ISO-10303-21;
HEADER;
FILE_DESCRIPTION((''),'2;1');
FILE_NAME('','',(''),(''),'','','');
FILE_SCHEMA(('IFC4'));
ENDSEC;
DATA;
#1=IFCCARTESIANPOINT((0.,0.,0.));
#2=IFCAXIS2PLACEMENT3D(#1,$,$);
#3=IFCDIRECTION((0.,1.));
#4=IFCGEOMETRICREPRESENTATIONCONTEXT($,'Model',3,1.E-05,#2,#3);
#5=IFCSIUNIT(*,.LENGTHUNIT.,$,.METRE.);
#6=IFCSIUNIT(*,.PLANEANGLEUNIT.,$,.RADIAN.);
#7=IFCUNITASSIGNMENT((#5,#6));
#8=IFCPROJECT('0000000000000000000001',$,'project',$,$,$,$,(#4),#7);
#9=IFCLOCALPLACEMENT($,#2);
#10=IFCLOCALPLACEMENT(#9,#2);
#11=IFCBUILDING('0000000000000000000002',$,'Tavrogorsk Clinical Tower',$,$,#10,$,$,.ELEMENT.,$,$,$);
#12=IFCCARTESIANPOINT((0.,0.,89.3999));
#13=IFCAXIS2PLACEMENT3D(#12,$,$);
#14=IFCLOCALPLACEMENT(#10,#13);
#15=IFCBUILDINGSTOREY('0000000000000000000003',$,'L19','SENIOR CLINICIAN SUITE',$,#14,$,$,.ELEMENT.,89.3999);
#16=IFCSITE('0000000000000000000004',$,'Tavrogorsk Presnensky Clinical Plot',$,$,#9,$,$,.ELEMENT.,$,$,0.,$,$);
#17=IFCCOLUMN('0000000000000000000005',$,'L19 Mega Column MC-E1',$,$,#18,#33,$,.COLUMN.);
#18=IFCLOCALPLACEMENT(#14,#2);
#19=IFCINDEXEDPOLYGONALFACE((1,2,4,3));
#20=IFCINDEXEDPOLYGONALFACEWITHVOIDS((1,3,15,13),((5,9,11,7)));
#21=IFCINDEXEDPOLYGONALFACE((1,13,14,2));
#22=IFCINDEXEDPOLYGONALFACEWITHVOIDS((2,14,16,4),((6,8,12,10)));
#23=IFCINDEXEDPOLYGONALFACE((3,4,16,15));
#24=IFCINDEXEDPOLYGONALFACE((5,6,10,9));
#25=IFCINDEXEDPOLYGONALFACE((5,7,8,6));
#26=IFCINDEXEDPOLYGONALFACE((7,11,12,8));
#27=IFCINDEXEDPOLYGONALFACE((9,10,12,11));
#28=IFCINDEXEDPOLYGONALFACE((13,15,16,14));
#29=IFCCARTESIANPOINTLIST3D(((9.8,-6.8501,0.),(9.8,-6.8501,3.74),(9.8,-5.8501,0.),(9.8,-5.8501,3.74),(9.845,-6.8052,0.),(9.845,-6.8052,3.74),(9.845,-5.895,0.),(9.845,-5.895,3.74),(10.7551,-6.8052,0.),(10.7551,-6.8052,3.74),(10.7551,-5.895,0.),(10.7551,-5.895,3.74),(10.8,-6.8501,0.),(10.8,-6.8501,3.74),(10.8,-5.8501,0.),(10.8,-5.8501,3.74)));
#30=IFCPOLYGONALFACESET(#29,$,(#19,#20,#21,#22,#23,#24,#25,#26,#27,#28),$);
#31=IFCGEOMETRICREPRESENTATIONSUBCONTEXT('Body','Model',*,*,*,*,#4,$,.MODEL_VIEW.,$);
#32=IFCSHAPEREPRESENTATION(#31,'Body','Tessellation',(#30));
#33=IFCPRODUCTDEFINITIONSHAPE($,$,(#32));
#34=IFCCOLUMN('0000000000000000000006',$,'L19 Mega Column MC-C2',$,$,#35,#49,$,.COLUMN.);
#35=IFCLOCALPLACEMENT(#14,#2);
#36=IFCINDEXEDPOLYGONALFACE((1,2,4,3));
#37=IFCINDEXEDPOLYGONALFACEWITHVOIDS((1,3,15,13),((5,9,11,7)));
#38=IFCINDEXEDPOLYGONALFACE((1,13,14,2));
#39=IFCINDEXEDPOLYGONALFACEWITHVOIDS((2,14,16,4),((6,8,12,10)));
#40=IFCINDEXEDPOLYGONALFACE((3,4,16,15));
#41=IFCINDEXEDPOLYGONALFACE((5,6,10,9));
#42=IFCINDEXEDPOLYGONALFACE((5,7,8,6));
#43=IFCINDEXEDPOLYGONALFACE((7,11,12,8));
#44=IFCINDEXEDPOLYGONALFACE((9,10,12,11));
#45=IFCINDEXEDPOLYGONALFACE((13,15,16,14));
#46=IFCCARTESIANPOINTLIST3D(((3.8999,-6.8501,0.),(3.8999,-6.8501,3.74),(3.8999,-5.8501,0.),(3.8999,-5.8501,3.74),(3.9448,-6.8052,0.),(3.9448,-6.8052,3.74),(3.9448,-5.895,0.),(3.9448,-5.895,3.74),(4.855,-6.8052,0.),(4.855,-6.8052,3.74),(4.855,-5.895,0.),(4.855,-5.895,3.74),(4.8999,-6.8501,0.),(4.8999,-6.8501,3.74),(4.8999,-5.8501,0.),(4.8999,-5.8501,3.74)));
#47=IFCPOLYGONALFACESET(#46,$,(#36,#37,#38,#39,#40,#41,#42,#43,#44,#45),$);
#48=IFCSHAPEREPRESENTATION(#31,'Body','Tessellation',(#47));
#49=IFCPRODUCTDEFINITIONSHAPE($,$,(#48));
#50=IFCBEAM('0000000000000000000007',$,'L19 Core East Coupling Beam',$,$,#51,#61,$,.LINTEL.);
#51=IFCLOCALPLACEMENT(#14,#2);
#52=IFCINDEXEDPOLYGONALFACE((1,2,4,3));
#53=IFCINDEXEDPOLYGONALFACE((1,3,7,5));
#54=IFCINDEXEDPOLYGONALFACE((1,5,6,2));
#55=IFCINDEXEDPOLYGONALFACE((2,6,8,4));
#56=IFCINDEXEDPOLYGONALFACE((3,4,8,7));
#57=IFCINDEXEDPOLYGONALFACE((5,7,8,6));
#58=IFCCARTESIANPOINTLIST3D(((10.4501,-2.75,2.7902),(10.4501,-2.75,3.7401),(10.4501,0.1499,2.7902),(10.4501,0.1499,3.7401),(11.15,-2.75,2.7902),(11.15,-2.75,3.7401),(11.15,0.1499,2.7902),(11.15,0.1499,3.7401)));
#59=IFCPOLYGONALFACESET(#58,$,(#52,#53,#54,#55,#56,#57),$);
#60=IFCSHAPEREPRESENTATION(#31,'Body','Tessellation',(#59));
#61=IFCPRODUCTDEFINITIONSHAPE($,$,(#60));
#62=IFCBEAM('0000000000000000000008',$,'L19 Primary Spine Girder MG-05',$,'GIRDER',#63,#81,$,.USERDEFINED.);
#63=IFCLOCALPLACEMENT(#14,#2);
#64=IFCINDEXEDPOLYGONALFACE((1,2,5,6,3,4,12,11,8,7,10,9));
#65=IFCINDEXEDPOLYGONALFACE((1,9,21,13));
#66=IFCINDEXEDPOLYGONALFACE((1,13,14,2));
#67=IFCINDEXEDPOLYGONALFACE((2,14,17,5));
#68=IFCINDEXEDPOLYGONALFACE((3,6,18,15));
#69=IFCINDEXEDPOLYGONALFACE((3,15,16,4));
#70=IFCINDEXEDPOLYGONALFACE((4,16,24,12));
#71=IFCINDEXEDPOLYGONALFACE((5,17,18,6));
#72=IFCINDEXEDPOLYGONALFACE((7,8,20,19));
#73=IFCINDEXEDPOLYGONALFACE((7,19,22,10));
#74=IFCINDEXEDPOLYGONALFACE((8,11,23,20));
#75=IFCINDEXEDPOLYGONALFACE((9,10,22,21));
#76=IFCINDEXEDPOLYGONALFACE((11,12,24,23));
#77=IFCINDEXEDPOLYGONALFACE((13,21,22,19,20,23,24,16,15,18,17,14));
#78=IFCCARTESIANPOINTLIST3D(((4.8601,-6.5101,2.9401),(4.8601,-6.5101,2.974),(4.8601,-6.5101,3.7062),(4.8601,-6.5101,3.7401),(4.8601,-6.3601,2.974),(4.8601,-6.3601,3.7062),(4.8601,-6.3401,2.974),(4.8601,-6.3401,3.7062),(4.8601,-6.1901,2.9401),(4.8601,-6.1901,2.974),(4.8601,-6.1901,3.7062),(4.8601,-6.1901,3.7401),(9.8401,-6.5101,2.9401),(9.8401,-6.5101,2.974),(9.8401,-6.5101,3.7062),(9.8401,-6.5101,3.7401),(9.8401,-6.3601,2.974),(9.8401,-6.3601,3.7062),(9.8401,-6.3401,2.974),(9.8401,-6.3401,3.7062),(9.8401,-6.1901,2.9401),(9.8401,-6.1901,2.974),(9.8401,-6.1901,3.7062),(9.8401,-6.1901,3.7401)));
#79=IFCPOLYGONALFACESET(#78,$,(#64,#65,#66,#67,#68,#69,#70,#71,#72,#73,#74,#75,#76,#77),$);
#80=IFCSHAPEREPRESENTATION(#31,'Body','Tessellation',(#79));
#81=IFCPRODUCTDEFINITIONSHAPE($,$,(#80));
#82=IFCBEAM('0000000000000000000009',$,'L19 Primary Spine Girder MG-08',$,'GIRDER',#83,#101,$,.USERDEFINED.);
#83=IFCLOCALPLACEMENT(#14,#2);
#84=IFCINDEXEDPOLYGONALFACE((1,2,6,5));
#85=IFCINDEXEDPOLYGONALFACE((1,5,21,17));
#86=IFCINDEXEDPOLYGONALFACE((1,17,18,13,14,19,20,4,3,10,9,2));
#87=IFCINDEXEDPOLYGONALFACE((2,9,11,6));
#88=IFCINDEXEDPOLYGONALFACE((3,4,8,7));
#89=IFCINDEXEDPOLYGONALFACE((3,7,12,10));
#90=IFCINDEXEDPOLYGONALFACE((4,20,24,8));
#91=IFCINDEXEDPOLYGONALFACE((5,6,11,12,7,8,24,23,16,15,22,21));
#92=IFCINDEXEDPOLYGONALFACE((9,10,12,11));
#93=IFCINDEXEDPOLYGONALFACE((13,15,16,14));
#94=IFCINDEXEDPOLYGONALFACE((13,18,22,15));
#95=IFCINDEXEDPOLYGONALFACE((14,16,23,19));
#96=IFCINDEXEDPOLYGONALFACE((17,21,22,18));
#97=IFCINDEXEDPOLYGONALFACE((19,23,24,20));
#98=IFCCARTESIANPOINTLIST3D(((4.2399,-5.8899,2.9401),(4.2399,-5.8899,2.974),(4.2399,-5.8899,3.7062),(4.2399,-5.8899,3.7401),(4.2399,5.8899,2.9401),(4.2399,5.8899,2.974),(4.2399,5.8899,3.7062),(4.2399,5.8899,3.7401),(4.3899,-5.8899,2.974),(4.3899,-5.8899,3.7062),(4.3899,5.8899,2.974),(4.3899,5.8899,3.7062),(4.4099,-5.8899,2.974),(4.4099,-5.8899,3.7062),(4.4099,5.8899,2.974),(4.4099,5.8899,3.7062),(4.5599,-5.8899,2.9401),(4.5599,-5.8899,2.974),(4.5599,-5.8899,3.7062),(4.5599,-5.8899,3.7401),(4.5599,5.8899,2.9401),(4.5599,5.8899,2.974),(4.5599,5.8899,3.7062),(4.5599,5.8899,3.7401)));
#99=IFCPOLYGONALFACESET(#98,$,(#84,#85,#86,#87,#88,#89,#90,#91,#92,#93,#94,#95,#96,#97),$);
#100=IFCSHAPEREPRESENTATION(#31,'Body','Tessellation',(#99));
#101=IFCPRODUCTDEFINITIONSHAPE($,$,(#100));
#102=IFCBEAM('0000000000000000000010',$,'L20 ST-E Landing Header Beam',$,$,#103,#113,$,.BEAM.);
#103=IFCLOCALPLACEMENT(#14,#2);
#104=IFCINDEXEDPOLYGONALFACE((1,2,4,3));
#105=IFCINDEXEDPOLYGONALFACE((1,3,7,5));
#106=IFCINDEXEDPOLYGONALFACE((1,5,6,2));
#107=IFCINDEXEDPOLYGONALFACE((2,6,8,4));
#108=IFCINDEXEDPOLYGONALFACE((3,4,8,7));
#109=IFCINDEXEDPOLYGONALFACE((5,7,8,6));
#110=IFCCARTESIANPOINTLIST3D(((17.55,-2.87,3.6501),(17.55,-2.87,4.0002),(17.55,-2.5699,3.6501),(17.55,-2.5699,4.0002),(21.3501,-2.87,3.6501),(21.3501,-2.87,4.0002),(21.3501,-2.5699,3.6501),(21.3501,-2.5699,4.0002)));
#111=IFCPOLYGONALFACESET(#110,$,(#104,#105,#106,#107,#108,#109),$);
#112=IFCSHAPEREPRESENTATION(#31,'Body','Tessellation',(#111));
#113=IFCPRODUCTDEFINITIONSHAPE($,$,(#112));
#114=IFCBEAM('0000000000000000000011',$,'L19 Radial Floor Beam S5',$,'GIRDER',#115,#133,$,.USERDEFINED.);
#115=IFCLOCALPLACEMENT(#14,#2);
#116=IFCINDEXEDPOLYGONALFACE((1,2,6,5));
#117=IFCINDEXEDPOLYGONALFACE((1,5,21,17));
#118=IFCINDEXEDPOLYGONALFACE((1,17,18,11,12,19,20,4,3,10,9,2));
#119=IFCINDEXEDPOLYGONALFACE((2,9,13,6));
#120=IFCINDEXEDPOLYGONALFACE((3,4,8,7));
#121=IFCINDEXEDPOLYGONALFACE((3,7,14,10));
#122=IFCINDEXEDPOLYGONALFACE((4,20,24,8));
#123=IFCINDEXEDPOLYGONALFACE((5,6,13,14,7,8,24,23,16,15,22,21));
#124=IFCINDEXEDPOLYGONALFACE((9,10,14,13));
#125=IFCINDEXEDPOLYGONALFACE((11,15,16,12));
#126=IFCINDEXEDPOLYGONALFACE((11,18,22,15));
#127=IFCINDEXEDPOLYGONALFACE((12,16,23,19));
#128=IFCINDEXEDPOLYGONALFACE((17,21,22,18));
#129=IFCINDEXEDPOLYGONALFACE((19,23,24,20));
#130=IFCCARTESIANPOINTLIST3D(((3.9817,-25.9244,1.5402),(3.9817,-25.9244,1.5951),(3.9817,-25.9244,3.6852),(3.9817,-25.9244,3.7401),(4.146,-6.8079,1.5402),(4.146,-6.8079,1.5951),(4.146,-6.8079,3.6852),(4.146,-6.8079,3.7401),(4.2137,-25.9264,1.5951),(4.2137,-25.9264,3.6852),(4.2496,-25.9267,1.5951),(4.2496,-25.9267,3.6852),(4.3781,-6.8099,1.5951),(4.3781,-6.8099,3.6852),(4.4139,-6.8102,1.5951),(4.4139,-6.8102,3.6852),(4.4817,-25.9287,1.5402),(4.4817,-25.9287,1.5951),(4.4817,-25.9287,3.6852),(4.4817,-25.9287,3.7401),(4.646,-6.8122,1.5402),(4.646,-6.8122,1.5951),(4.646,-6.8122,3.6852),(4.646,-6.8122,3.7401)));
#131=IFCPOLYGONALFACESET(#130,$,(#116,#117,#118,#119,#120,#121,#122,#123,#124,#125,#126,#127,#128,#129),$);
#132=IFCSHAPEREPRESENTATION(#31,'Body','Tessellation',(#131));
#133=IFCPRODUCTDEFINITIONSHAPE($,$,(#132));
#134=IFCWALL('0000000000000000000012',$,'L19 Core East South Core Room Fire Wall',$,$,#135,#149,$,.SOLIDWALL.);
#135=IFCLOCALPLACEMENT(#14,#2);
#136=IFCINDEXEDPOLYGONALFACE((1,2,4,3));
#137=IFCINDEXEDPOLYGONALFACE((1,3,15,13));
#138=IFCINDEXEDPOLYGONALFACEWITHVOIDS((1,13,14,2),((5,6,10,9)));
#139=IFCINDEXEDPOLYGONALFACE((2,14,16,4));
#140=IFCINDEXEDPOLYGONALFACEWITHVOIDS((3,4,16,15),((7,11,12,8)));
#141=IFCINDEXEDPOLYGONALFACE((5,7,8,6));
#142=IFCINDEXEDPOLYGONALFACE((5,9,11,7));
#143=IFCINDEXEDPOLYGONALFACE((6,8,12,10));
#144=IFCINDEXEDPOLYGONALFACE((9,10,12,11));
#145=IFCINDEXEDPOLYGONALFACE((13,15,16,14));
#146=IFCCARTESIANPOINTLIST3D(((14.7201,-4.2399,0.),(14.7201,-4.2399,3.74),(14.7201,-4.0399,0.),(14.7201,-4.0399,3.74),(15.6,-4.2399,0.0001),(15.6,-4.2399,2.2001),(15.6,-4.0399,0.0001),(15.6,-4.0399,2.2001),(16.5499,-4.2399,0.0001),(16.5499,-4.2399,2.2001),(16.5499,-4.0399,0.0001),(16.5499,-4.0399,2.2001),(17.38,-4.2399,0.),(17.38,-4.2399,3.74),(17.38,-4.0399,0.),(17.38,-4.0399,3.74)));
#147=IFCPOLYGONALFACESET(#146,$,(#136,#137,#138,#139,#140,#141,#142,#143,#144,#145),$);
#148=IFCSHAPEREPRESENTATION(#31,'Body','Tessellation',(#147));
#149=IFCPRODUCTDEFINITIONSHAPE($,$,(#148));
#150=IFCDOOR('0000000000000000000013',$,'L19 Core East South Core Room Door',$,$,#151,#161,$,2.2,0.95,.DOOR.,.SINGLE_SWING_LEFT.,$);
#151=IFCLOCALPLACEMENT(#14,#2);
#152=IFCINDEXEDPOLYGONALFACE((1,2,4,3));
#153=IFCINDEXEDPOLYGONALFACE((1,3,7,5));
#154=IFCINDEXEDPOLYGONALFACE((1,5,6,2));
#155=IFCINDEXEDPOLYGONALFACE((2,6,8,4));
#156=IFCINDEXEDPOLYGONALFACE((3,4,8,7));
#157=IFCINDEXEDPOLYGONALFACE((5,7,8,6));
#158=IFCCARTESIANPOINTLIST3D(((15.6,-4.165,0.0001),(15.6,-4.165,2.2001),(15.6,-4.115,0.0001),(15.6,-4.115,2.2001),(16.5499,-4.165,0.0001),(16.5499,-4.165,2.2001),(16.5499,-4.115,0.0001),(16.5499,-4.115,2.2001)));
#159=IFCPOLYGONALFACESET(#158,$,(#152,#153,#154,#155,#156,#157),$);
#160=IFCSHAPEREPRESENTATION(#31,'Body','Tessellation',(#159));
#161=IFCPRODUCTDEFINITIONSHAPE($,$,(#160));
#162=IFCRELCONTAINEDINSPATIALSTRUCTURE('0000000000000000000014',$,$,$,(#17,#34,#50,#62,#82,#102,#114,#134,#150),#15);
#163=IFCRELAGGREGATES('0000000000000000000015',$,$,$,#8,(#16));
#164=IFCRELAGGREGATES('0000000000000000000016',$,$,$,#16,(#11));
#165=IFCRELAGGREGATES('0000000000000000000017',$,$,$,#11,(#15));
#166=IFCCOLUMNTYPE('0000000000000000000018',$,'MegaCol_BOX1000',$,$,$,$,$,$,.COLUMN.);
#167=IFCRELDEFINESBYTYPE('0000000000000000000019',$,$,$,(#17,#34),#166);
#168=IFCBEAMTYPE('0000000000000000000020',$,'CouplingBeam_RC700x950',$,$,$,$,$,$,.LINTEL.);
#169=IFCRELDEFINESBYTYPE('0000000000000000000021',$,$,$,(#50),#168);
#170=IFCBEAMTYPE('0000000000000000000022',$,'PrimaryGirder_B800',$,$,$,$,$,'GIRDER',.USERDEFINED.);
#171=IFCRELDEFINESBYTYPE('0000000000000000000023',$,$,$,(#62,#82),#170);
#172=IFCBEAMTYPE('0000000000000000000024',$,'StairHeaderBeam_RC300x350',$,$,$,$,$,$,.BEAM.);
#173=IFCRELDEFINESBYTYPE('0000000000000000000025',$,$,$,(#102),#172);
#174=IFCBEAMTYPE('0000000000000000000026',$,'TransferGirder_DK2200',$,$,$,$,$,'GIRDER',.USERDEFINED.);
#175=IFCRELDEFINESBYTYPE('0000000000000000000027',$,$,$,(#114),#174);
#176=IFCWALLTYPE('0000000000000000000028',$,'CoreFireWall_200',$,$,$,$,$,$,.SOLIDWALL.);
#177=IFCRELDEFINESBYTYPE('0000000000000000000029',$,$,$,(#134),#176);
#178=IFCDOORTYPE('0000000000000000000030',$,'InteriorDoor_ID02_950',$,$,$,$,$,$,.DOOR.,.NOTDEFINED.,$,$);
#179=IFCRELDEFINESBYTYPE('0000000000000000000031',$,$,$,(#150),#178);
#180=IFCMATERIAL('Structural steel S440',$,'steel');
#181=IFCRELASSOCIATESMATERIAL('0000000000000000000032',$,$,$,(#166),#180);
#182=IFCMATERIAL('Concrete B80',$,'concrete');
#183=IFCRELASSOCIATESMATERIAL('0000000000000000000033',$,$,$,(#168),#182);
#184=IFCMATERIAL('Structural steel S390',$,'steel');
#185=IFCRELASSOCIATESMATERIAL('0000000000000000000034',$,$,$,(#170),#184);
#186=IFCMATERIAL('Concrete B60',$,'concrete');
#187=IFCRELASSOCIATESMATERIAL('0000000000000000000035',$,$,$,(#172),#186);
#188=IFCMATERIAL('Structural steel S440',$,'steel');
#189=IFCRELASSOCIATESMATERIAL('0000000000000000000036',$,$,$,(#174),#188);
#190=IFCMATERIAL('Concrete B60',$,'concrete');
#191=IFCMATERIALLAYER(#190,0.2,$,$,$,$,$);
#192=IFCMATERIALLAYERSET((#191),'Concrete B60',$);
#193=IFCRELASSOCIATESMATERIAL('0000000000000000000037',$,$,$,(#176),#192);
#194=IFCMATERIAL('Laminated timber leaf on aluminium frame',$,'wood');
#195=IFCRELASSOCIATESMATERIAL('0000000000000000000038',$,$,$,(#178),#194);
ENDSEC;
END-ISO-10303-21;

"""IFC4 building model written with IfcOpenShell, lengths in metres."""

from ifc_helpers import new_model, si_unit, direction, frame, frame_2d, origin, origin_2d, place, context, subcontext, project, spatial, rectangle, hollow_rectangle, i_section, extrude, material, layer, layer_set, material_profile, profile_set, type_object, element, fill, save


model = new_model("IFC4")

# Units and contexts
model_context = context("Model", 3, precision=1e-05, world=origin(), true_north=direction((0.0, 1.0)))
body_context = subcontext(model_context, "Body", "Model", "MODEL_VIEW")
ifc_project = project(units=[si_unit("LENGTHUNIT", "METRE"), si_unit("PLANEANGLEUNIT", "RADIAN")], contexts=[model_context])

# Site, building, storey
site_placement = place(None, origin())
site = spatial("IfcSite", under=ifc_project, at=site_placement, Name="Tavrogorsk Presnensky Clinical Plot", CompositionType="ELEMENT", RefElevation=0.0)
building_placement = place(site_placement, origin())
building = spatial("IfcBuilding", under=site, at=building_placement, Name="Tavrogorsk Clinical Tower", CompositionType="ELEMENT")
storey_placement = place(building_placement, frame((0.0, 0.0, 89.3999)))
storey = spatial("IfcBuildingStorey", under=building, at=storey_placement, Name="L19", Description="SENIOR CLINICIAN SUITE", CompositionType="ELEMENT", Elevation=89.3999)

# Columns
ifc_material_1 = material(Name="Structural steel S440", Category="steel")
ifc_material_profile_1 = material_profile(ifc_material_1, hollow_rectangle(XDim=1.0, YDim=1.0, WallThickness=0.0449, at=origin_2d()), Name="BOX-1000x1000x45")
ifc_profile_set_1 = profile_set([ifc_material_profile_1], Name="Structural steel S440")
column_type = type_object("IfcColumnType", Name="MegaCol_BOX1000", PredefinedType="COLUMN", material=ifc_profile_set_1)
for number, where, z_axis, x_axis, name in (
    (1, (10.3, -6.3501, 0.0), (0.0, 0.0, 1.0), (1.0, 0.0, 0.0), "L19 Mega Column MC-E1"),
    (2, (4.3999, -6.3501, 0.0), (0.0, 0.0, 1.0), (1.0, 0.0, 0.0), "L19 Mega Column MC-C2"),
):
    element("IfcColumn", number, at=place(storey_placement, frame(where, z_axis=z_axis, x_axis=x_axis)), inside=storey, type_object=column_type, Name=name, PredefinedType="COLUMN", context=body_context, shape_type="SweptSolid", body=[
        extrude(hollow_rectangle(XDim=1.0, YDim=1.0, WallThickness=0.0449, at=origin_2d()), origin(), (0.0, 0.0, 1.0), 3.74),
    ])

# Beams
ifc_material_2 = material(Name="Concrete B80", Category="concrete")
ifc_material_profile_2 = material_profile(ifc_material_2, rectangle(XDim=0.7, YDim=0.95, at=origin_2d()), Name="RC-CB-700x950")
ifc_profile_set_2 = profile_set([ifc_material_profile_2], Name="Concrete B80")
beam_type_1 = type_object("IfcBeamType", Name="CouplingBeam_RC700x950", PredefinedType="LINTEL", material=ifc_profile_set_2)
beam_1_placement = place(storey_placement, frame((10.8, -2.75, 3.2651), z_axis=(0.0, 1.0, 0.0), x_axis=(-1.0, 0.0, 0.0)))
element("IfcBeam", 3, at=beam_1_placement, inside=storey, type_object=beam_type_1, Name="L19 Core East Coupling Beam", PredefinedType="LINTEL", context=body_context, shape_type="SweptSolid", body=[
    extrude(rectangle(XDim=0.7, YDim=0.95, at=origin_2d()), origin(), (0.0, 0.0, 1.0), 2.8999),
])
ifc_material_3 = material(Name="Structural steel S390", Category="steel")
ifc_material_profile_3 = material_profile(ifc_material_3, i_section(OverallWidth=0.3201, OverallDepth=0.8, WebThickness=0.02, FlangeThickness=0.0339, at=origin_2d()), Name="B-800x320x20x34")
ifc_profile_set_3 = profile_set([ifc_material_profile_3], Name="Structural steel S390")
beam_type_2 = type_object("IfcBeamType", Name="PrimaryGirder_B800", ElementType="GIRDER", PredefinedType="USERDEFINED", material=ifc_profile_set_3)
beam_2_placement = place(storey_placement, frame((4.8601, -6.3501, 3.3401), z_axis=(1.0, 0.0, 0.0), x_axis=(0.0, 1.0, 0.0)))
element("IfcBeam", 4, at=beam_2_placement, inside=storey, type_object=beam_type_2, Name="L19 Primary Spine Girder MG-05", ObjectType="GIRDER", PredefinedType="USERDEFINED", context=body_context, shape_type="SweptSolid", body=[
    extrude(i_section(OverallWidth=0.3201, OverallDepth=0.8, WebThickness=0.02, FlangeThickness=0.0339, at=origin_2d()), origin(), (0.0, 0.0, 1.0), 4.98),
])
beam_3_placement = place(storey_placement, frame((4.3999, -5.8899, 3.3401), z_axis=(0.0, 1.0, 0.0), x_axis=(-1.0, 0.0, 0.0)))
element("IfcBeam", 5, at=beam_3_placement, inside=storey, type_object=beam_type_2, Name="L19 Primary Spine Girder MG-08", ObjectType="GIRDER", PredefinedType="USERDEFINED", context=body_context, shape_type="SweptSolid", body=[
    extrude(i_section(OverallWidth=0.3201, OverallDepth=0.8, WebThickness=0.02, FlangeThickness=0.0339, at=origin_2d()), origin(), (0.0, 0.0, 1.0), 11.7798),
])
ifc_material_4 = material(Name="Concrete B60", Category="concrete")
ifc_material_profile_4 = material_profile(ifc_material_4, rectangle(XDim=0.3, YDim=0.3501, at=origin_2d()), Name="RC-SHB-300x350")
ifc_profile_set_4 = profile_set([ifc_material_profile_4], Name="Concrete B60")
beam_type_3 = type_object("IfcBeamType", Name="StairHeaderBeam_RC300x350", PredefinedType="BEAM", material=ifc_profile_set_4)
beam_4_placement = place(storey_placement, frame((17.55, -2.72, 3.8252), z_axis=(1.0, 0.0, 0.0), x_axis=(0.0, 1.0, 0.0)))
element("IfcBeam", 6, at=beam_4_placement, inside=storey, type_object=beam_type_3, Name="L20 ST-E Landing Header Beam", PredefinedType="BEAM", context=body_context, shape_type="SweptSolid", body=[
    extrude(rectangle(XDim=0.3, YDim=0.3501, at=origin_2d()), origin(), (0.0, 0.0, 1.0), 3.8),
])
ifc_material_5 = material(Name="Structural steel S440", Category="steel")
ifc_material_profile_5 = material_profile(ifc_material_5, i_section(OverallWidth=0.5, OverallDepth=2.2, WebThickness=0.0359, FlangeThickness=0.0549, at=origin_2d()), Name="DK-2200x500x36x55")
ifc_profile_set_5 = profile_set([ifc_material_profile_5], Name="Structural steel S440")
beam_type_4 = type_object("IfcBeamType", Name="TransferGirder_DK2200", ElementType="GIRDER", PredefinedType="USERDEFINED", material=ifc_profile_set_5)
beam_5_placement = place(storey_placement, frame((4.396, -6.8101, 2.6401), z_axis=(-0.008595, -0.999963, 0.0), x_axis=(0.999963, -0.008595, 0.0)))
element("IfcBeam", 7, at=beam_5_placement, inside=storey, type_object=beam_type_4, Name="L19 Radial Floor Beam S5", ObjectType="GIRDER", PredefinedType="USERDEFINED", context=body_context, shape_type="SweptSolid", body=[
    extrude(i_section(OverallWidth=0.5, OverallDepth=2.2, WebThickness=0.0359, FlangeThickness=0.0549, at=origin_2d()), origin(), (0.0, 0.0, 1.0), 19.1172),
])

# Wall, opening, door
ifc_material_6 = material(Name="Concrete B60", Category="concrete")
ifc_layer_1 = layer(ifc_material_6, 0.2)
ifc_layer_set_1 = layer_set([ifc_layer_1], Name="Concrete B60")
wall_type_1 = type_object("IfcWallType", Name="CoreFireWall_200", PredefinedType="SOLIDWALL", material=ifc_layer_set_1)
wall_1_placement = place(storey_placement, frame((14.72, -4.1399, 0.0), z_axis=(0.0, 0.0, 1.0), x_axis=(1.0, 0.0, 0.0)))
wall_1 = element("IfcWall", 8, at=wall_1_placement, inside=storey, type_object=wall_type_1, Name="L19 Core East South Core Room Fire Wall", PredefinedType="SOLIDWALL", context=body_context, shape_type="SweptSolid", body=[
    extrude(rectangle(XDim=2.6599, YDim=0.2, at=frame_2d((1.3301, 0.0))), origin(), (0.0, 0.0, 1.0), 3.74),
])
opening_1_placement = place(wall_1_placement, frame((0.8799, 0.0, 0.0)))
opening_1 = element("IfcOpeningElement", 9, at=opening_1_placement, cuts=wall_1, PredefinedType="OPENING", context=body_context, shape_type="SweptSolid", body=[
    extrude(rectangle(XDim=0.95, YDim=2.2, at=frame_2d((0.4751, 1.1001))), frame((0.0, 0.1099, 0.0), z_axis=(0.0, -1.0, 0.0), x_axis=(1.0, 0.0, 0.0)), (0.0, 0.0, 1.0), 0.22),
])
ifc_material_7 = material(Name="Laminated timber leaf on aluminium frame", Category="wood")
door_type_1 = type_object("IfcDoorType", Name="InteriorDoor_ID02_950", OperationType="NOTDEFINED", PredefinedType="DOOR", material=ifc_material_7)
door_1_placement = place(opening_1_placement, origin())
door_1 = element("IfcDoor", 10, at=door_1_placement, inside=storey, type_object=door_type_1, Name="L19 Core East South Core Room Door", OperationType="SINGLE_SWING_LEFT", OverallHeight=2.2, OverallWidth=0.95, PredefinedType="DOOR", context=body_context, shape_type="SweptSolid", body=[
    extrude(rectangle(XDim=0.95, YDim=2.2, at=frame_2d((0.4751, 1.1001))), frame((0.0, 0.0249, 0.0), z_axis=(0.0, -1.0, 0.0), x_axis=(1.0, 0.0, 0.0)), (0.0, 0.0, 1.0), 0.05),
])
fill(opening_1, door_1)

save(model, "model.ifc")
